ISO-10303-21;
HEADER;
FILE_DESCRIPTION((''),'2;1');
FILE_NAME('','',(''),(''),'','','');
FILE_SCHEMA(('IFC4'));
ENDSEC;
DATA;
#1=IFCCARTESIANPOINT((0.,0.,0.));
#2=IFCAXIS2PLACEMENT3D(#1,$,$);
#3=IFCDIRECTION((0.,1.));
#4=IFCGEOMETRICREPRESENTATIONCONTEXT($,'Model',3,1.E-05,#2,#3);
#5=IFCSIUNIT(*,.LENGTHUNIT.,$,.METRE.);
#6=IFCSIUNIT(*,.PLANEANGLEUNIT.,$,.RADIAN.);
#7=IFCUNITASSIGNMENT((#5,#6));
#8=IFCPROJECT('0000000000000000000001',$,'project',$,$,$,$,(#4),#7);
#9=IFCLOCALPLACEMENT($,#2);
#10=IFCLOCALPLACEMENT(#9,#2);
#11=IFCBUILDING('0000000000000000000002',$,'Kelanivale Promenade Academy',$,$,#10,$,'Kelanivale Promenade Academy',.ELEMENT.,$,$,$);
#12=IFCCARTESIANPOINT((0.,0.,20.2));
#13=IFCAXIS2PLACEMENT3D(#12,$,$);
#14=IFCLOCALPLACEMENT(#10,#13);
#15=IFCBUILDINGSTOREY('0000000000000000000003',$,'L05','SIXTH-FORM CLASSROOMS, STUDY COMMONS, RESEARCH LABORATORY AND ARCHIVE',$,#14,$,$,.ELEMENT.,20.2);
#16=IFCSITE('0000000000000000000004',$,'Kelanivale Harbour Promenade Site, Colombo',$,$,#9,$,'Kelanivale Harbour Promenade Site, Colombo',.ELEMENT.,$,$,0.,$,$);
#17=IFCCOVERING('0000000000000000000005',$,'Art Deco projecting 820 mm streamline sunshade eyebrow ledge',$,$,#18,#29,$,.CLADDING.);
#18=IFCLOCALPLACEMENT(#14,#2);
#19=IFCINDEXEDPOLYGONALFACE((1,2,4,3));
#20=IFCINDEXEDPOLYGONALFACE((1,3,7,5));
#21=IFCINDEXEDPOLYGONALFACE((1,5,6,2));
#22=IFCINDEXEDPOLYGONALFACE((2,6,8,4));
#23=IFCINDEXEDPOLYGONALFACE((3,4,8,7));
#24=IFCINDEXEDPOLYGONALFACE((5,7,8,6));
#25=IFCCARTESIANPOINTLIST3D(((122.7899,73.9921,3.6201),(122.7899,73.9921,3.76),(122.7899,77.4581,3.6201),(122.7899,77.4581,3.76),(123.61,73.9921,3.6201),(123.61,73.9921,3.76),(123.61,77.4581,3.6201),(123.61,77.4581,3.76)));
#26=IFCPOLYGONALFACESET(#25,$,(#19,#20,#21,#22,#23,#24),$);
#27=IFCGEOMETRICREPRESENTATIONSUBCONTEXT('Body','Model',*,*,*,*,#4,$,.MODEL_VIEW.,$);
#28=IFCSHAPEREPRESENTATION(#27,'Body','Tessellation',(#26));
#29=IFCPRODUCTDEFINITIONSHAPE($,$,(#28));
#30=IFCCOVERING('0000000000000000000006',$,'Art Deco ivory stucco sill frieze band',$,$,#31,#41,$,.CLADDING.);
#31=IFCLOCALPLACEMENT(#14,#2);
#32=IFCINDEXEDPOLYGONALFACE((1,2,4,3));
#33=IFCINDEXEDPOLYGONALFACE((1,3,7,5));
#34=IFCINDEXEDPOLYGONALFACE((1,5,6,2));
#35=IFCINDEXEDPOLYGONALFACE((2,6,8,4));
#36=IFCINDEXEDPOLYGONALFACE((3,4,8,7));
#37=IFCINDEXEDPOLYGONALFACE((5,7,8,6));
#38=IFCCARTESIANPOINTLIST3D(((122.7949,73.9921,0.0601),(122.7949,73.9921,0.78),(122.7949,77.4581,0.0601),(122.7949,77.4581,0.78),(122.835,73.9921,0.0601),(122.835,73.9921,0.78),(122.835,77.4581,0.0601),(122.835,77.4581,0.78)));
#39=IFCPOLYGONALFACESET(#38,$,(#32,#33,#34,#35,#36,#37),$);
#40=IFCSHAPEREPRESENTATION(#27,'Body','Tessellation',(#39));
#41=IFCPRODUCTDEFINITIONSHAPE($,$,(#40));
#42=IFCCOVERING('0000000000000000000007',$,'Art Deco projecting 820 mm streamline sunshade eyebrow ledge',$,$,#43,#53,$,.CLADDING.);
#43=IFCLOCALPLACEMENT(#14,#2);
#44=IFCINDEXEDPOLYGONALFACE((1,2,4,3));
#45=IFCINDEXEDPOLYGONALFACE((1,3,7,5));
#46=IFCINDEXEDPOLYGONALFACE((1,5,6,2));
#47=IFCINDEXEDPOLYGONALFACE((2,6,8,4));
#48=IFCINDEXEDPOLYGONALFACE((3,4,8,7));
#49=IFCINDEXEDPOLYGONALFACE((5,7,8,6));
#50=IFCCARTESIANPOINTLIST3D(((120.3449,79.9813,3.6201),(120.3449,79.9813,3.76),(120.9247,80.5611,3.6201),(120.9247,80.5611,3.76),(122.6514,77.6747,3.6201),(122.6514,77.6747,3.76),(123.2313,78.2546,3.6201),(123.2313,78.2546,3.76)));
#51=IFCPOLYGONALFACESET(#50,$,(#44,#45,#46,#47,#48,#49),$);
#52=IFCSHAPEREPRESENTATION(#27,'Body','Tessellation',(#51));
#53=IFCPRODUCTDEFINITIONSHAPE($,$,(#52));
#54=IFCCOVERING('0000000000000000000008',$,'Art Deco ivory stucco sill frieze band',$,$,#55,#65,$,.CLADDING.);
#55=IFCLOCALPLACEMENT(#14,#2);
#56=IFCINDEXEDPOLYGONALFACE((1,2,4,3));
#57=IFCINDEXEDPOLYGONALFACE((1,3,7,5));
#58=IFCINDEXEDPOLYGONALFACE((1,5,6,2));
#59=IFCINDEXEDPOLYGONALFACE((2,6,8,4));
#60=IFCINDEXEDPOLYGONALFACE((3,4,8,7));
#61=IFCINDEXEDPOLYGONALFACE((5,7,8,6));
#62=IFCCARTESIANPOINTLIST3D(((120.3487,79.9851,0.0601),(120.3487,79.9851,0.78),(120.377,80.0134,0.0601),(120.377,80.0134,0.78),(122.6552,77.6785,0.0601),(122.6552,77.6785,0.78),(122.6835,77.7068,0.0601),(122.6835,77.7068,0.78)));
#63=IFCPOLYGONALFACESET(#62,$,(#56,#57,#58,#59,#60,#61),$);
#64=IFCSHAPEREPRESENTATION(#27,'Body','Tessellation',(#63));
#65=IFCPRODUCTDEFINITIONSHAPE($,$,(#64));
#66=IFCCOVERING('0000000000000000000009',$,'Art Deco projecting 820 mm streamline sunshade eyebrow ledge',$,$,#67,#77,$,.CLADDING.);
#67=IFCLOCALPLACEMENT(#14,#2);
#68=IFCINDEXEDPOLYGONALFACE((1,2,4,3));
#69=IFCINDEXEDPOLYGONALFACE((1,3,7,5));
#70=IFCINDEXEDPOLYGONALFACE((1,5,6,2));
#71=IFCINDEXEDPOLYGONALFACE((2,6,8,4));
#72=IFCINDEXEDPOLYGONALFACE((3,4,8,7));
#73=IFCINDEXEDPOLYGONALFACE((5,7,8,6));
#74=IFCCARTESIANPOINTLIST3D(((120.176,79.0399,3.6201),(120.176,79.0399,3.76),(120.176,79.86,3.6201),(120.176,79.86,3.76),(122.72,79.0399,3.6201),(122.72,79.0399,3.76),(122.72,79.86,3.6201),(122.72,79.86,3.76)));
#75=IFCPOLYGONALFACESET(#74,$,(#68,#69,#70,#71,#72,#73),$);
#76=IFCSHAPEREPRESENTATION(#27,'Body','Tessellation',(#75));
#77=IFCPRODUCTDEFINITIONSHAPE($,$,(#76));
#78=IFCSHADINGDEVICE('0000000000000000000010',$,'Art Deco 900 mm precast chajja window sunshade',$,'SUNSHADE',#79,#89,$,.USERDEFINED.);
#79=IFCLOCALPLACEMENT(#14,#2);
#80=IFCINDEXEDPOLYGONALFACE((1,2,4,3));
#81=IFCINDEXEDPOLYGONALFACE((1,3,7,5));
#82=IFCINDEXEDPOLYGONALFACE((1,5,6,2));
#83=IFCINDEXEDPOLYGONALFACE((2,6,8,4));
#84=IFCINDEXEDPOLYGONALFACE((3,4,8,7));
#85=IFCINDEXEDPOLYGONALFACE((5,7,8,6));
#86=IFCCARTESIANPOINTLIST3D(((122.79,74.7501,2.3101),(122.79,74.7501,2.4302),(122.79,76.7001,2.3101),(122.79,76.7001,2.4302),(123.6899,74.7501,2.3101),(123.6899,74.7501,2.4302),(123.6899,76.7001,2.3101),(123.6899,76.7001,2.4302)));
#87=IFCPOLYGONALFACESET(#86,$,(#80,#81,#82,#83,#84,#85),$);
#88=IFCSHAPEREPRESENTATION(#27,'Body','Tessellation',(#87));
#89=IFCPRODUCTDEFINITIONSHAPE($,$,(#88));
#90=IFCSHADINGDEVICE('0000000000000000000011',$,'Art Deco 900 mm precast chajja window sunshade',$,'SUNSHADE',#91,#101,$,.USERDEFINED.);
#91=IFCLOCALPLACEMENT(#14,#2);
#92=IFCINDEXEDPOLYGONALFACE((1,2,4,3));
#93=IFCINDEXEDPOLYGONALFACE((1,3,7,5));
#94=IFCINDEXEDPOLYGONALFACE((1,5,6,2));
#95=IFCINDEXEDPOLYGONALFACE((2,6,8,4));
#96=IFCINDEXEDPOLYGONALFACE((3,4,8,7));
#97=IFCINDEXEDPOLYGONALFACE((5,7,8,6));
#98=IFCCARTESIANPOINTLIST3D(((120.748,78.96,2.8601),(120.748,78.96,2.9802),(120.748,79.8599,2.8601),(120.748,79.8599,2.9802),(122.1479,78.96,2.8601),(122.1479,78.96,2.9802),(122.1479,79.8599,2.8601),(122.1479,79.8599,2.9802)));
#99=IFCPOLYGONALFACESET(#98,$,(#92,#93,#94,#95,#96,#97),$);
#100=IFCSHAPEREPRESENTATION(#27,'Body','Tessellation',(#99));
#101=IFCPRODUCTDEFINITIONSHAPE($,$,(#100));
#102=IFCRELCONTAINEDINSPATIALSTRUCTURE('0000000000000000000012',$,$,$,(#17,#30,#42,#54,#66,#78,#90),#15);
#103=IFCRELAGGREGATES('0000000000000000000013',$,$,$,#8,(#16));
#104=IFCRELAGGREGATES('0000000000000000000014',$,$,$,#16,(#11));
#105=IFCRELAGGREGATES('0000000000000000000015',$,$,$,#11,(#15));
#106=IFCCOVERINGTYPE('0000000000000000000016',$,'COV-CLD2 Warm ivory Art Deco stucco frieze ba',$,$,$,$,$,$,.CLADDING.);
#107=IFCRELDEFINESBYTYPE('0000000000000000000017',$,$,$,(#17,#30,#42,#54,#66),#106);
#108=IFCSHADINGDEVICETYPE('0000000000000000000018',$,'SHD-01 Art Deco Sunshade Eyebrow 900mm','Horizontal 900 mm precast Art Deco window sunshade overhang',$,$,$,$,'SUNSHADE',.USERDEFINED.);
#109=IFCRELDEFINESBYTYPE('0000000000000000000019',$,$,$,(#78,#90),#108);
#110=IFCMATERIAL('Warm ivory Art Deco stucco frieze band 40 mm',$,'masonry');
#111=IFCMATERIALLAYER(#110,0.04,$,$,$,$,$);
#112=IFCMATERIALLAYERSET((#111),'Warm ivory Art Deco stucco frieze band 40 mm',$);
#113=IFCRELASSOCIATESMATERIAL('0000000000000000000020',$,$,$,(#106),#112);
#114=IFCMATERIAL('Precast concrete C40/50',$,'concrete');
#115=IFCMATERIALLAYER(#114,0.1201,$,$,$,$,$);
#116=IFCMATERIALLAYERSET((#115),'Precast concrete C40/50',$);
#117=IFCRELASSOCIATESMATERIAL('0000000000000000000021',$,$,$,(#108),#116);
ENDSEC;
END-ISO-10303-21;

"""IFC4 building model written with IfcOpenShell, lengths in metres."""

from ifc_helpers import new_model, si_unit, direction, frame, origin, origin_2d, place, context, subcontext, project, spatial, rectangle, extrude, material, layer, layer_set, type_object, element, save


model = new_model("IFC4")

# Units and contexts
model_context = context("Model", 3, precision=1e-05, world=origin(), true_north=direction((0.0, 1.0)))
body_context = subcontext(model_context, "Body", "Model", "MODEL_VIEW")
ifc_project = project(units=[si_unit("LENGTHUNIT", "METRE"), si_unit("PLANEANGLEUNIT", "RADIAN")], contexts=[model_context])

# Site, building, storey
site_placement = place(None, origin())
site = spatial("IfcSite", under=ifc_project, at=site_placement, Name="Kelanivale Harbour Promenade Site, Colombo", LongName="Kelanivale Harbour Promenade Site, Colombo", CompositionType="ELEMENT", RefElevation=0.0)
building_placement = place(site_placement, origin())
building = spatial("IfcBuilding", under=site, at=building_placement, Name="Kelanivale Promenade Academy", LongName="Kelanivale Promenade Academy", CompositionType="ELEMENT")
storey_placement = place(building_placement, frame((0.0, 0.0, 20.2)))
storey = spatial("IfcBuildingStorey", under=building, at=storey_placement, Name="L05", Description="SIXTH-FORM CLASSROOMS, STUDY COMMONS, RESEARCH LABORATORY AND ARCHIVE", CompositionType="ELEMENT", Elevation=20.2)

# Shared definitions
ifc_material_1 = material(Name="Precast concrete C40/50", Category="concrete")

# Coverings
ifc_material_2 = material(Name="Warm ivory Art Deco stucco frieze band 40 mm", Category="masonry")
ifc_layer_1 = layer(ifc_material_2, 0.04)
ifc_layer_set_1 = layer_set([ifc_layer_1], Name="Warm ivory Art Deco stucco frieze band 40 mm")
covering_type = type_object("IfcCoveringType", Name="COV-CLD2 Warm ivory Art Deco stucco frieze ba", PredefinedType="CLADDING", material=ifc_layer_set_1)
covering_1_placement = place(storey_placement, frame((123.2, 75.7251, 3.6201), z_axis=(0.0, 0.0, 1.0), x_axis=(0.0, 1.0, 0.0)))
element("IfcCovering", 1, at=covering_1_placement, inside=storey, type_object=covering_type, Name="Art Deco projecting 820 mm streamline sunshade eyebrow ledge", PredefinedType="CLADDING", context=body_context, shape_type="SweptSolid", body=[
    extrude(rectangle(XDim=3.4661, YDim=0.8201, at=origin_2d()), origin(), (0.0, 0.0, 1.0), 0.1399),
])
covering_2_placement = place(storey_placement, frame((122.8149, 75.7251, 0.0601), z_axis=(0.0, 0.0, 1.0), x_axis=(0.0, 1.0, 0.0)))
element("IfcCovering", 2, at=covering_2_placement, inside=storey, type_object=covering_type, Name="Art Deco ivory stucco sill frieze band", PredefinedType="CLADDING", context=body_context, shape_type="SweptSolid", body=[
    extrude(rectangle(XDim=3.4661, YDim=0.04, at=origin_2d()), origin(), (0.0, 0.0, 1.0), 0.72),
])
covering_3_placement = place(storey_placement, frame((121.7881, 79.1179, 3.6201), z_axis=(0.0, 0.0, 1.0), x_axis=(-0.707107, 0.707107, 0.0)))
element("IfcCovering", 3, at=covering_3_placement, inside=storey, type_object=covering_type, Name="Art Deco projecting 820 mm streamline sunshade eyebrow ledge", PredefinedType="CLADDING", context=body_context, shape_type="SweptSolid", body=[
    extrude(rectangle(XDim=3.262, YDim=0.8201, at=origin_2d()), origin(), (0.0, 0.0, 1.0), 0.1399),
])
covering_4_placement = place(storey_placement, frame((121.5161, 78.8459, 0.0601), z_axis=(0.0, 0.0, 1.0), x_axis=(-0.707107, 0.707107, 0.0)))
element("IfcCovering", 4, at=covering_4_placement, inside=storey, type_object=covering_type, Name="Art Deco ivory stucco sill frieze band", PredefinedType="CLADDING", context=body_context, shape_type="SweptSolid", body=[
    extrude(rectangle(XDim=3.262, YDim=0.04, at=origin_2d()), origin(), (0.0, 0.0, 1.0), 0.72),
])
covering_5_placement = place(storey_placement, frame((121.448, 79.45, 3.6201), z_axis=(0.0, 0.0, 1.0), x_axis=(1.0, 0.0, 0.0)))
element("IfcCovering", 5, at=covering_5_placement, inside=storey, type_object=covering_type, Name="Art Deco projecting 820 mm streamline sunshade eyebrow ledge", PredefinedType="CLADDING", context=body_context, shape_type="SweptSolid", body=[
    extrude(rectangle(XDim=2.5439, YDim=0.8201, at=origin_2d()), origin(), (0.0, 0.0, 1.0), 0.1399),
])

# Shading devices
ifc_layer_2 = layer(ifc_material_1, 0.1201)
ifc_layer_set_2 = layer_set([ifc_layer_2], Name="Precast concrete C40/50")
shading_device_type = type_object("IfcShadingDeviceType", Name="SHD-01 Art Deco Sunshade Eyebrow 900mm", Description="Horizontal 900 mm precast Art Deco window sunshade overhang", ElementType="SUNSHADE", PredefinedType="USERDEFINED", material=ifc_layer_set_2)
shading_device_1_placement = place(storey_placement, frame((123.24, 75.7251, 2.3101), z_axis=(0.0, 0.0, 1.0), x_axis=(0.0, 1.0, 0.0)))
element("IfcShadingDevice", 6, at=shading_device_1_placement, inside=storey, type_object=shading_device_type, Name="Art Deco 900 mm precast chajja window sunshade", ObjectType="SUNSHADE", PredefinedType="USERDEFINED", context=body_context, shape_type="SweptSolid", body=[
    extrude(rectangle(XDim=1.95, YDim=0.8999, at=origin_2d()), origin(), (0.0, 0.0, 1.0), 0.1201),
])
shading_device_2_placement = place(storey_placement, frame((121.448, 79.4099, 2.8601), z_axis=(0.0, 0.0, 1.0), x_axis=(1.0, 0.0, 0.0)))
element("IfcShadingDevice", 7, at=shading_device_2_placement, inside=storey, type_object=shading_device_type, Name="Art Deco 900 mm precast chajja window sunshade", ObjectType="SUNSHADE", PredefinedType="USERDEFINED", context=body_context, shape_type="SweptSolid", body=[
    extrude(rectangle(XDim=1.3999, YDim=0.8999, at=origin_2d()), origin(), (0.0, 0.0, 1.0), 0.1201),
])

save(model, "model.ifc")
